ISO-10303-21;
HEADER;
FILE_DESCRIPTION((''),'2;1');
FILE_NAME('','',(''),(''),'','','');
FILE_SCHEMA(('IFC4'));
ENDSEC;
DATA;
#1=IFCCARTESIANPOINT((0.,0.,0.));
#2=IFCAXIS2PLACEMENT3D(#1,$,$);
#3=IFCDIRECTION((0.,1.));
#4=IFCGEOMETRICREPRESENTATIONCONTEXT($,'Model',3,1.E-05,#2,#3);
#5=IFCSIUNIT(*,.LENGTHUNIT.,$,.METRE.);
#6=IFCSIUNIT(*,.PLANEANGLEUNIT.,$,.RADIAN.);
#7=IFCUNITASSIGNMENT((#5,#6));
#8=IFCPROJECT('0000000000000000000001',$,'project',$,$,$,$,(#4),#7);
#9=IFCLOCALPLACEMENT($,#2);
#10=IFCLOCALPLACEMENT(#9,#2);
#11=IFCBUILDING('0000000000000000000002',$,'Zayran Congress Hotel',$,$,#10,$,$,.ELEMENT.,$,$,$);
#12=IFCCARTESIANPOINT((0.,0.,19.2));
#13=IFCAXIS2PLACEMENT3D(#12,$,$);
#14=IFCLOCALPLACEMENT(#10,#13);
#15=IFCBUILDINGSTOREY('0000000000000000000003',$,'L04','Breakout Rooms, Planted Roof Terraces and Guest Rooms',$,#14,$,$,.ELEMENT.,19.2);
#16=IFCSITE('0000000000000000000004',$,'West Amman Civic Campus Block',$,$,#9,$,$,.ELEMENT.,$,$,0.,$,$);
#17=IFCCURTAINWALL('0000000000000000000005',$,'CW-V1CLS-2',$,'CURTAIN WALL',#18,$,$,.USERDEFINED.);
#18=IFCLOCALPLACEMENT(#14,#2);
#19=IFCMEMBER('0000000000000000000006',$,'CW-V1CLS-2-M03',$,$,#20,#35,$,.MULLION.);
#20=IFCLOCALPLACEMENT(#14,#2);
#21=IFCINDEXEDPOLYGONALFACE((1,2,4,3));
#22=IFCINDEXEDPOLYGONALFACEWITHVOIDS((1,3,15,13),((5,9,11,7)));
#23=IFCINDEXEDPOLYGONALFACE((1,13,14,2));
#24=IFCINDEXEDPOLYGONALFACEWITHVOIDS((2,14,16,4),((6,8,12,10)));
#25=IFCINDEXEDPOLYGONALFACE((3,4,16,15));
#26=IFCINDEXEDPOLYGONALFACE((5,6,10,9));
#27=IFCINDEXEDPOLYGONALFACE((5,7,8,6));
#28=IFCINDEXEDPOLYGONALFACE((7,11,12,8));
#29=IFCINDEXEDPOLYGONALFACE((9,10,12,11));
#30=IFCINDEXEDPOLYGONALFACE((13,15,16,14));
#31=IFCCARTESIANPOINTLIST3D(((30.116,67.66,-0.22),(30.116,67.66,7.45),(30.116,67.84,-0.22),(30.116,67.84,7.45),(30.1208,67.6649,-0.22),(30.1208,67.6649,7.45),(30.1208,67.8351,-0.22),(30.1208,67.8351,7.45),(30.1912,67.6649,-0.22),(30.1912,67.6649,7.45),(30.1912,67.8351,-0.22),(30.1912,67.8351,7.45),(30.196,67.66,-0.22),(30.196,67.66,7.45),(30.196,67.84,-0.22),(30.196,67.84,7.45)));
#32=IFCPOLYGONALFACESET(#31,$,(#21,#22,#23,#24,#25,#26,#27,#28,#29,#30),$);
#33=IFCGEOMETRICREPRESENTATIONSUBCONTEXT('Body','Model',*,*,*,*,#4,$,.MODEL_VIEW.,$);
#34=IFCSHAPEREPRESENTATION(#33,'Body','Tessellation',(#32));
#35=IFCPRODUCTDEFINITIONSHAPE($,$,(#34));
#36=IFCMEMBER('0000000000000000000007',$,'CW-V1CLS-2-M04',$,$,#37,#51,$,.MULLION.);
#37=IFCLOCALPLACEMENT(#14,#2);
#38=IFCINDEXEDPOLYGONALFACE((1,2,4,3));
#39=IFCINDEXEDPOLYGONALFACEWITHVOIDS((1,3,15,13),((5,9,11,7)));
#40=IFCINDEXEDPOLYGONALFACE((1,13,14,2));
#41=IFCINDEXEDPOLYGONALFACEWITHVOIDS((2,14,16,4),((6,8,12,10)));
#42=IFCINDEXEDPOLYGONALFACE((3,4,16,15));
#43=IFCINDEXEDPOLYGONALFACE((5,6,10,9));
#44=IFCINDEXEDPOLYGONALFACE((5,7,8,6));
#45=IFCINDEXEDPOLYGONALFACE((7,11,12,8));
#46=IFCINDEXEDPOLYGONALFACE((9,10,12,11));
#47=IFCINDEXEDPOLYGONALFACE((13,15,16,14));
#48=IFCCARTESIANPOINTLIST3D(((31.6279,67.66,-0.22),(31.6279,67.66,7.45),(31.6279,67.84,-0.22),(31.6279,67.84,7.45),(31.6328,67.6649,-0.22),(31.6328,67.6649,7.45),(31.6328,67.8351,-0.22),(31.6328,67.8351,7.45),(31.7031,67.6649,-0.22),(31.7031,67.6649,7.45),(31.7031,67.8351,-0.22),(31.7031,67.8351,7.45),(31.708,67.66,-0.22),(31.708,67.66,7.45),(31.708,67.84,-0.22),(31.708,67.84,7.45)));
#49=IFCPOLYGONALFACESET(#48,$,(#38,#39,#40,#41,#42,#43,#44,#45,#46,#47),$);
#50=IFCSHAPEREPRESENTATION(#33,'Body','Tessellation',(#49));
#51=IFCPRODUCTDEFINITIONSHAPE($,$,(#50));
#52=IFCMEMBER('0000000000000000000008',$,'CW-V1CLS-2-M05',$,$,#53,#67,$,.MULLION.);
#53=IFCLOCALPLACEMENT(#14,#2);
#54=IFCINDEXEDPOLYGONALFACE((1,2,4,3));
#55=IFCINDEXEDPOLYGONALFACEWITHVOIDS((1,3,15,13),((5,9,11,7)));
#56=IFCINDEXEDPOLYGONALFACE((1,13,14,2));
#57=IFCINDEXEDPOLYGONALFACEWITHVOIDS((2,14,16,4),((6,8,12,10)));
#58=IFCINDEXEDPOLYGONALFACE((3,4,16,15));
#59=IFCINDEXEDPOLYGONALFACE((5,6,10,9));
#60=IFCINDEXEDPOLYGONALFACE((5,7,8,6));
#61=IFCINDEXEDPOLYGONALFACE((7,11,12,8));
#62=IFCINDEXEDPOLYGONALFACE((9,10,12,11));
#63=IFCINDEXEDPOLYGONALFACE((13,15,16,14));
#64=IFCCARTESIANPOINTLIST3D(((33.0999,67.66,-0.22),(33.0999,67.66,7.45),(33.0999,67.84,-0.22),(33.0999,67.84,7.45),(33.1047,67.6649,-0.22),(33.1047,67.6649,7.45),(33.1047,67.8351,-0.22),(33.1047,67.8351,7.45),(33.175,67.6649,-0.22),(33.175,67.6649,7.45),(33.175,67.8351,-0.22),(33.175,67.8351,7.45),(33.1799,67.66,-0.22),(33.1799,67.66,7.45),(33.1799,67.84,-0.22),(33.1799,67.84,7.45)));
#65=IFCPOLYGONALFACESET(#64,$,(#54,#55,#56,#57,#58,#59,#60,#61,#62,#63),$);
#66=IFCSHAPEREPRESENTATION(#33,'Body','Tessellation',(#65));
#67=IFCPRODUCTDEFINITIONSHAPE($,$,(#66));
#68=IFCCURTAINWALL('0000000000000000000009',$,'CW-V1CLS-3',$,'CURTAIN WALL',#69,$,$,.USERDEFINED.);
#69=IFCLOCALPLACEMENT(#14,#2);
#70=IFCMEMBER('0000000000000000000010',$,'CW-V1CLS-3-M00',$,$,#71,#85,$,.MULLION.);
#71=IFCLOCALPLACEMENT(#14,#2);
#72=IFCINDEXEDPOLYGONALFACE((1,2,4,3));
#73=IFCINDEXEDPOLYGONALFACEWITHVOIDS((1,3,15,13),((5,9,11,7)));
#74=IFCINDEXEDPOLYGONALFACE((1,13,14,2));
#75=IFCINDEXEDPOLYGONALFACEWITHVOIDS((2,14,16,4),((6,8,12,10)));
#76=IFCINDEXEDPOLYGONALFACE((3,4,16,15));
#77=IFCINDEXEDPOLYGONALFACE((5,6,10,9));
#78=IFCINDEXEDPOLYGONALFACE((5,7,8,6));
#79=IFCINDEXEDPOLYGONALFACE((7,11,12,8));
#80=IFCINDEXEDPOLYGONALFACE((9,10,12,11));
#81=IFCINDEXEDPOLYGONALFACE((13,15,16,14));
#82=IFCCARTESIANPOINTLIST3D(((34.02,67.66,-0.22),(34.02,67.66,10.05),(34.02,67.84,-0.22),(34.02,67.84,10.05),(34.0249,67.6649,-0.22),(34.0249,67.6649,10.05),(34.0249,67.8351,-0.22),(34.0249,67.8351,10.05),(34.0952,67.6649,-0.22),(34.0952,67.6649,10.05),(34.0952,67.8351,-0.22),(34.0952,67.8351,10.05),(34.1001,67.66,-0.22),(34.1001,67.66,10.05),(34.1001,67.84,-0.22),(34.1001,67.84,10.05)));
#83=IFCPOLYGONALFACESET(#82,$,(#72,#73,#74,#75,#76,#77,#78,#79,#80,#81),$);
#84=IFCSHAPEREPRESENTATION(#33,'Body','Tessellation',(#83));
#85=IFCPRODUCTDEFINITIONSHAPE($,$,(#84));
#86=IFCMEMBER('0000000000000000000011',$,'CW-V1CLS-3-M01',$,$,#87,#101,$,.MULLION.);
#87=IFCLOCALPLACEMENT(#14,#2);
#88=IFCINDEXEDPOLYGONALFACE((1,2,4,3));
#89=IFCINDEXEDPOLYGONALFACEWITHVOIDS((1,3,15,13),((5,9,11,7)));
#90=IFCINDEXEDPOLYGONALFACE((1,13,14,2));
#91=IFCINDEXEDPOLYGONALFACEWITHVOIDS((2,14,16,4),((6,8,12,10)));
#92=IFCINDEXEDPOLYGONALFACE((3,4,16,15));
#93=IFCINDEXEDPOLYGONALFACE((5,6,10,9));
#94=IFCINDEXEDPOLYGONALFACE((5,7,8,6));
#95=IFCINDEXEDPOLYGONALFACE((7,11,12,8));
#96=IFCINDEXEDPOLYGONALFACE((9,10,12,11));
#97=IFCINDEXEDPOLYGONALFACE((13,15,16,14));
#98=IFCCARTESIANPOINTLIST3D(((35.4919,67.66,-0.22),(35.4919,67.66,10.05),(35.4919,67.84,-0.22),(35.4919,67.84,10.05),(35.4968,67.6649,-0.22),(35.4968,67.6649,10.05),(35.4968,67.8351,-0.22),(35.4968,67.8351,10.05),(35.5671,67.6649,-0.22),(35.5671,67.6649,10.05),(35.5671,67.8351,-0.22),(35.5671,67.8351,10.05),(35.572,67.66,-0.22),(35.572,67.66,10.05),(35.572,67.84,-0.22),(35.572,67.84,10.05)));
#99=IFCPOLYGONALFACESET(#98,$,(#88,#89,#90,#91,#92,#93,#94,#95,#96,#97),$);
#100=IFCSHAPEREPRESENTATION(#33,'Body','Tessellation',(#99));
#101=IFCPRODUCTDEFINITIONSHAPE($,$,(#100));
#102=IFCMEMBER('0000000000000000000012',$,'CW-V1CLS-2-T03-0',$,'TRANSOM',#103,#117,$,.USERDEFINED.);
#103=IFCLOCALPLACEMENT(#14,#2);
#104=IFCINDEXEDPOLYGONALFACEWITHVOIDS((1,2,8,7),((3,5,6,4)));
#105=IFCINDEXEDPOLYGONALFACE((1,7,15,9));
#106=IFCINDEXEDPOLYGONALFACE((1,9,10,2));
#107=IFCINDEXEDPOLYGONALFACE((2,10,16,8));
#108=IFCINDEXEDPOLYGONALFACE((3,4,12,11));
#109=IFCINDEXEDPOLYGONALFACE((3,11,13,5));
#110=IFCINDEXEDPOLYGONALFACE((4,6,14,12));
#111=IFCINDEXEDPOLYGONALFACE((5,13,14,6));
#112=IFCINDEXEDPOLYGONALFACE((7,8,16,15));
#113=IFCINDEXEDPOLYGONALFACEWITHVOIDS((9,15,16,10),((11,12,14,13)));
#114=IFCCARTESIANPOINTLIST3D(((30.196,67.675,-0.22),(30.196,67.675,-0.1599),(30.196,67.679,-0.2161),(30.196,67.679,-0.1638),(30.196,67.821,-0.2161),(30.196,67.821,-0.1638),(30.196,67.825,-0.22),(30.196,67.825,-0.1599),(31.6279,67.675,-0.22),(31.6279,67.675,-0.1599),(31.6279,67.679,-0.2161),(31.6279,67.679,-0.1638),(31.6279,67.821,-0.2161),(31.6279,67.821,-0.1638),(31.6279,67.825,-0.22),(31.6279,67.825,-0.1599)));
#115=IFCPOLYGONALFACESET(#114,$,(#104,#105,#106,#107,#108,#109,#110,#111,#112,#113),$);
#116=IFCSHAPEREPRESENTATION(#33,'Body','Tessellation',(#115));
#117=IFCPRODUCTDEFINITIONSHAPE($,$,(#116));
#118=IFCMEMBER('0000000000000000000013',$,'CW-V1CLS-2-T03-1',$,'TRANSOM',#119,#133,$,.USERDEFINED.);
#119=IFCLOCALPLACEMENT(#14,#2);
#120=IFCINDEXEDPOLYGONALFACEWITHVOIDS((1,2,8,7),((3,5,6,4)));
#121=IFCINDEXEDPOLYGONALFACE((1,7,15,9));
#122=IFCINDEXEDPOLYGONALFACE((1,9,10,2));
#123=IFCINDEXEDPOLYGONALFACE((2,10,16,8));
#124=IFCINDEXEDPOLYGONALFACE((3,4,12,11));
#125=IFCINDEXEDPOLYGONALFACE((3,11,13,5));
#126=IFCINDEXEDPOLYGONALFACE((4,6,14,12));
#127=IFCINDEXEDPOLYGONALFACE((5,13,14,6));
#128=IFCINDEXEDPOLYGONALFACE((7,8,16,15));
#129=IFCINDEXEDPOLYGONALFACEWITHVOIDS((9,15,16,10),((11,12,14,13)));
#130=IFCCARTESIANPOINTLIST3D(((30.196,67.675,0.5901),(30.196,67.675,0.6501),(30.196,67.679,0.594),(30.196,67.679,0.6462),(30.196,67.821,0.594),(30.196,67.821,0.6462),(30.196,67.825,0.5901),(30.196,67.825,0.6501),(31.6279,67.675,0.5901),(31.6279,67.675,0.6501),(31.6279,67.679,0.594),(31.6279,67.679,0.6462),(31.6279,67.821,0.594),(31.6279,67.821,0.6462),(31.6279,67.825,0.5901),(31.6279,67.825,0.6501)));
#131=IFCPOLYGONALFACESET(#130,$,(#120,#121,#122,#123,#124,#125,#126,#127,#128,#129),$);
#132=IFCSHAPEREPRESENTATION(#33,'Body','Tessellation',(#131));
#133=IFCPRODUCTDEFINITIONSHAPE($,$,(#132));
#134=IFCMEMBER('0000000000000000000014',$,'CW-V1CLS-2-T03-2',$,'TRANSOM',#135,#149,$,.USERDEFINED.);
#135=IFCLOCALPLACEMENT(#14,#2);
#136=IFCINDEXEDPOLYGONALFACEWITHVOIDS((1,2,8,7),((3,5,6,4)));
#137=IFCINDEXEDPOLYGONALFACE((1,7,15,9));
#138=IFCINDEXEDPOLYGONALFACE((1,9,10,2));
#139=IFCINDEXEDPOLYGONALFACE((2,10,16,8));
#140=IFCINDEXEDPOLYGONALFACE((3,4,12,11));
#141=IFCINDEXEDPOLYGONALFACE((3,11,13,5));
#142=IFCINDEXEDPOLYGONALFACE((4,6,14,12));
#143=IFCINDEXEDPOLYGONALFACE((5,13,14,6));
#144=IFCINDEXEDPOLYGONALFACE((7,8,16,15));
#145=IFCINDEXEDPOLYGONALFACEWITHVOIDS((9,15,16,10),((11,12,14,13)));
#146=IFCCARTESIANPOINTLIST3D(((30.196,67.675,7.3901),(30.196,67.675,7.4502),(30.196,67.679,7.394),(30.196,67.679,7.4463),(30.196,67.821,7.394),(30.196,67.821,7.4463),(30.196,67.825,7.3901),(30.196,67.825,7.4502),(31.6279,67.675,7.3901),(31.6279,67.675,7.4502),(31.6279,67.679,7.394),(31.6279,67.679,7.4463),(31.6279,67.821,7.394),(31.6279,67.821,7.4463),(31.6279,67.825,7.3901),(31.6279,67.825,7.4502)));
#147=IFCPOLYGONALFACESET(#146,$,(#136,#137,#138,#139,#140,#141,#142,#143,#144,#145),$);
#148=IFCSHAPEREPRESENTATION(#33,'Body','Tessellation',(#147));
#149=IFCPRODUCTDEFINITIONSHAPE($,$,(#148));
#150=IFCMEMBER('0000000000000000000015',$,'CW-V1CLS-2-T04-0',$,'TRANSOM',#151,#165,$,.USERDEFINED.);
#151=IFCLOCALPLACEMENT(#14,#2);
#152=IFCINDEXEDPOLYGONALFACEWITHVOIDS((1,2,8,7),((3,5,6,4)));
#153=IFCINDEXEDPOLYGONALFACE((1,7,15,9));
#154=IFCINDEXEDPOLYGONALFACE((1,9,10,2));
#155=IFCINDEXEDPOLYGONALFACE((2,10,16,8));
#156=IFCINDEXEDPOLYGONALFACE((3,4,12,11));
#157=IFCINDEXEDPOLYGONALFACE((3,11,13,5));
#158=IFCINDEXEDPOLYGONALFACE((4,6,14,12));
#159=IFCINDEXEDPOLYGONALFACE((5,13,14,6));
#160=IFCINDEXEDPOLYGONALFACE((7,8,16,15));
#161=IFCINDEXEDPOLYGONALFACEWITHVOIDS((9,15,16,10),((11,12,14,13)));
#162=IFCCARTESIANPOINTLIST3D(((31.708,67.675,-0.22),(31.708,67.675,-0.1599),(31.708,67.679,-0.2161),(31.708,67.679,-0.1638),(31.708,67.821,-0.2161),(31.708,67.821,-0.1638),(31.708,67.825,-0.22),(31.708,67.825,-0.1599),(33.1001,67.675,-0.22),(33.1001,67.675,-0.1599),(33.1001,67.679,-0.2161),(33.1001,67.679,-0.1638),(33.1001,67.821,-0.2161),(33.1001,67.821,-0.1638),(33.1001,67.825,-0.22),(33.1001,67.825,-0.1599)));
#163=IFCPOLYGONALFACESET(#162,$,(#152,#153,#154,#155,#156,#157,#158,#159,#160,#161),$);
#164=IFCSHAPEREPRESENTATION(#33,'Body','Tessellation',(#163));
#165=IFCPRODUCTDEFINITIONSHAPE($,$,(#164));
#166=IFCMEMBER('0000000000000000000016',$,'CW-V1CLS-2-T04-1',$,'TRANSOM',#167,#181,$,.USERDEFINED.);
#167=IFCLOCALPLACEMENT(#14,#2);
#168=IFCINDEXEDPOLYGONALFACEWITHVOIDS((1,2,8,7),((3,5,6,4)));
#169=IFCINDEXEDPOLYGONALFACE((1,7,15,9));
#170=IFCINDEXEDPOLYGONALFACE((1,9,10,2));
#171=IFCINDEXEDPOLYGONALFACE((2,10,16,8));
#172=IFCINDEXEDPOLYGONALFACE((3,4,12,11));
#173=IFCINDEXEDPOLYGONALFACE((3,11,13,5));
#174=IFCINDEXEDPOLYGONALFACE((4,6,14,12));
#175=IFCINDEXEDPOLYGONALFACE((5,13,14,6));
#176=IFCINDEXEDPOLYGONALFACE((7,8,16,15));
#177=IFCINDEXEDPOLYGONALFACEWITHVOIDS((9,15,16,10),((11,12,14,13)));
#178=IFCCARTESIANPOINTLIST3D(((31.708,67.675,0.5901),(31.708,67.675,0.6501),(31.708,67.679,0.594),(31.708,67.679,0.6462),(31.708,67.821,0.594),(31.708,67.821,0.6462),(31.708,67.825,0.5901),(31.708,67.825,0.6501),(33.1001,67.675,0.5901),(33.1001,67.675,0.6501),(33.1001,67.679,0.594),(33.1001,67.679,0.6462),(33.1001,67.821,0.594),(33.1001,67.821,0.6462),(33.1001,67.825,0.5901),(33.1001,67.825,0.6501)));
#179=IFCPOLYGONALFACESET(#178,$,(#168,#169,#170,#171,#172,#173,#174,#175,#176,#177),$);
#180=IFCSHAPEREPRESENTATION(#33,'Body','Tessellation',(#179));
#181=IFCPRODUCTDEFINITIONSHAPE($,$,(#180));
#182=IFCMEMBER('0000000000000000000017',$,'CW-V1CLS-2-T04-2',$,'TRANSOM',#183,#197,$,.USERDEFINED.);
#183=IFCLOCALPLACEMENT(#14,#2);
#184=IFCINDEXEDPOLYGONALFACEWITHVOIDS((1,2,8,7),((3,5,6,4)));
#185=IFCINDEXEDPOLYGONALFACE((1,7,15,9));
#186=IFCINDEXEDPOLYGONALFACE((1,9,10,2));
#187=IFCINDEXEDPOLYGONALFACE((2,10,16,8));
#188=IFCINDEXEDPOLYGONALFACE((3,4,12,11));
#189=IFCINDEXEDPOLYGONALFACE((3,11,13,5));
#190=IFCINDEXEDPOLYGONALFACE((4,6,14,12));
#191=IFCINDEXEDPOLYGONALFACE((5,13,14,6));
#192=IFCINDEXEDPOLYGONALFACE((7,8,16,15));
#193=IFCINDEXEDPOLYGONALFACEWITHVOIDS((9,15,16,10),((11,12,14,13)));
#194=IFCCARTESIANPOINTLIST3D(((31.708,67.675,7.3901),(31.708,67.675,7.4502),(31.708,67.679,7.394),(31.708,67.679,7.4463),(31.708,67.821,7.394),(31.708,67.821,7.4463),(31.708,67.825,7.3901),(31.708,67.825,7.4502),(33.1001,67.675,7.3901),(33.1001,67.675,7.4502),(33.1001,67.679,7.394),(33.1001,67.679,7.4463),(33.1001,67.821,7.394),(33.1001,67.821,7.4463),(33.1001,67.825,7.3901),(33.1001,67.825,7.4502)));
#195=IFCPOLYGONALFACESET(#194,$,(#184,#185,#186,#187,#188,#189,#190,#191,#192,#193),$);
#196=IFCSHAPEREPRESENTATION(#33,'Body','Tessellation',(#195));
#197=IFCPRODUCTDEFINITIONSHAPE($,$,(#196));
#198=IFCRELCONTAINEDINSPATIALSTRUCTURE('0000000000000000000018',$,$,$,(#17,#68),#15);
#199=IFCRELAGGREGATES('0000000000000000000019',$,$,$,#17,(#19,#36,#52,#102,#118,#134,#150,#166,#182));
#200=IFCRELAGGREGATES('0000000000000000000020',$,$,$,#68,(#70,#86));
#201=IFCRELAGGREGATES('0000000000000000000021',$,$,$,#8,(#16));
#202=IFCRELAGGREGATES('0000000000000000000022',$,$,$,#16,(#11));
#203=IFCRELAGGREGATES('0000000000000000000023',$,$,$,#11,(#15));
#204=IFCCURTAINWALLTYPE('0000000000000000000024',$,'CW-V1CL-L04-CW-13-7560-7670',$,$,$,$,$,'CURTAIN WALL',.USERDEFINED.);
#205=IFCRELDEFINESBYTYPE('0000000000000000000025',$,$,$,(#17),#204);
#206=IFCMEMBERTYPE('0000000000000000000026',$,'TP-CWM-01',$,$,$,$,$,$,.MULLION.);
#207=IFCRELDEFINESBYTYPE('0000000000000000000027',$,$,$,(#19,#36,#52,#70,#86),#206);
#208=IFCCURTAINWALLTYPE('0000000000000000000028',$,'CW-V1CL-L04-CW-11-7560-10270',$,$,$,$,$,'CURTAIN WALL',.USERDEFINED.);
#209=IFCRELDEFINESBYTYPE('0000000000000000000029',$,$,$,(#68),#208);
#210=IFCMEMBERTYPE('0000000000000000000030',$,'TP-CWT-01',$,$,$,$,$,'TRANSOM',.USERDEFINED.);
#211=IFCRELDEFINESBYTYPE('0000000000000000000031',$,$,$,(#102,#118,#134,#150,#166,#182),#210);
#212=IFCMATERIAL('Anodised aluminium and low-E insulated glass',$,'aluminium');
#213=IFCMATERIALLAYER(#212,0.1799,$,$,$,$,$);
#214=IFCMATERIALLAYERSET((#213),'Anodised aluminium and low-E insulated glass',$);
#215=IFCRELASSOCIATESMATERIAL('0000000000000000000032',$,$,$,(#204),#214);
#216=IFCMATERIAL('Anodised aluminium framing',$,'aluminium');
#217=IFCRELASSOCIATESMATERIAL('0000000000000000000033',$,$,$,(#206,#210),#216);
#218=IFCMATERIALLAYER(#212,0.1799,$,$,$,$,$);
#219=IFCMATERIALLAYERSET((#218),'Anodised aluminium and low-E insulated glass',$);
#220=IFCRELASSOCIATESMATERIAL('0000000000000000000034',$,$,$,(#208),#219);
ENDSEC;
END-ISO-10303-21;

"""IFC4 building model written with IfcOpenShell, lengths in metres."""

from ifc_helpers import new_model, si_unit, direction, frame, origin, origin_2d, place, context, subcontext, project, spatial, hollow_rectangle, extrude, material, layer, layer_set, material_profile, profile_set, type_object, element, aggregate, save


model = new_model("IFC4")

# Units and contexts
model_context = context("Model", 3, precision=1e-05, world=origin(), true_north=direction((0.0, 1.0)))
body_context = subcontext(model_context, "Body", "Model", "MODEL_VIEW")
ifc_project = project(units=[si_unit("LENGTHUNIT", "METRE"), si_unit("PLANEANGLEUNIT", "RADIAN")], contexts=[model_context])

# Site, building, storey
site_placement = place(None, origin())
site = spatial("IfcSite", under=ifc_project, at=site_placement, Name="West Amman Civic Campus Block", CompositionType="ELEMENT", RefElevation=0.0)
building_placement = place(site_placement, origin())
building = spatial("IfcBuilding", under=site, at=building_placement, Name="Zayran Congress Hotel", CompositionType="ELEMENT")
storey_placement = place(building_placement, frame((0.0, 0.0, 19.2)))
storey = spatial("IfcBuildingStorey", under=building, at=storey_placement, Name="L04", Description="Breakout Rooms, Planted Roof Terraces and Guest Rooms", CompositionType="ELEMENT", Elevation=19.2)

# Curtain walls, members
ifc_material_1 = material(Name="Anodised aluminium and low-E insulated glass", Category="aluminium")
ifc_layer_1 = layer(ifc_material_1, 0.1799)
ifc_layer_set_1 = layer_set([ifc_layer_1], Name="Anodised aluminium and low-E insulated glass")
curtain_wall_type_1 = type_object("IfcCurtainWallType", Name="CW-V1CL-L04-CW-13-7560-7670", ElementType="CURTAIN WALL", PredefinedType="USERDEFINED", material=ifc_layer_set_1)
curtain_wall_1_placement = place(storey_placement, origin())
curtain_wall_1 = element("IfcCurtainWall", 1, at=curtain_wall_1_placement, inside=storey, type_object=curtain_wall_type_1, Name="CW-V1CLS-2", ObjectType="CURTAIN WALL", PredefinedType="USERDEFINED")
ifc_material_2 = material(Name="Anodised aluminium framing", Category="aluminium")
ifc_material_profile_1 = material_profile(ifc_material_2, hollow_rectangle(XDim=0.0801, YDim=0.1799, WallThickness=0.0049, at=origin_2d()), Name="RHS 180x80x5")
ifc_profile_set_1 = profile_set([ifc_material_profile_1], Name="Anodised aluminium framing")
member_type_1 = type_object("IfcMemberType", Name="TP-CWM-01", PredefinedType="MULLION", material=ifc_profile_set_1)
member_1_placement = place(storey_placement, frame((30.156, 67.75, -0.22), z_axis=(0.0, 0.0, 1.0), x_axis=(1.0, 0.0, 0.0)))
member_1 = element("IfcMember", 2, at=member_1_placement, type_object=member_type_1, Name="CW-V1CLS-2-M03", PredefinedType="MULLION", context=body_context, shape_type="SweptSolid", body=[
    extrude(hollow_rectangle(XDim=0.0801, YDim=0.1799, WallThickness=0.0049, at=origin_2d()), origin(), (0.0, 0.0, 1.0), 7.6699),
])
member_2_placement = place(storey_placement, frame((31.668, 67.75, -0.22), z_axis=(0.0, 0.0, 1.0), x_axis=(1.0, 0.0, 0.0)))
member_2 = element("IfcMember", 3, at=member_2_placement, type_object=member_type_1, Name="CW-V1CLS-2-M04", PredefinedType="MULLION", context=body_context, shape_type="SweptSolid", body=[
    extrude(hollow_rectangle(XDim=0.0801, YDim=0.1799, WallThickness=0.0049, at=origin_2d()), origin(), (0.0, 0.0, 1.0), 7.6699),
])
member_3_placement = place(storey_placement, frame((33.1399, 67.75, -0.22), z_axis=(0.0, 0.0, 1.0), x_axis=(1.0, 0.0, 0.0)))
member_3 = element("IfcMember", 4, at=member_3_placement, type_object=member_type_1, Name="CW-V1CLS-2-M05", PredefinedType="MULLION", context=body_context, shape_type="SweptSolid", body=[
    extrude(hollow_rectangle(XDim=0.0801, YDim=0.1799, WallThickness=0.0049, at=origin_2d()), origin(), (0.0, 0.0, 1.0), 7.6699),
])
ifc_layer_2 = layer(ifc_material_1, 0.1799)
ifc_layer_set_2 = layer_set([ifc_layer_2], Name="Anodised aluminium and low-E insulated glass")
curtain_wall_type_2 = type_object("IfcCurtainWallType", Name="CW-V1CL-L04-CW-11-7560-10270", ElementType="CURTAIN WALL", PredefinedType="USERDEFINED", material=ifc_layer_set_2)
curtain_wall_2_placement = place(storey_placement, origin())
curtain_wall_2 = element("IfcCurtainWall", 5, at=curtain_wall_2_placement, inside=storey, type_object=curtain_wall_type_2, Name="CW-V1CLS-3", ObjectType="CURTAIN WALL", PredefinedType="USERDEFINED")
member_4_placement = place(storey_placement, frame((34.0601, 67.75, -0.22), z_axis=(0.0, 0.0, 1.0), x_axis=(1.0, 0.0, 0.0)))
member_4 = element("IfcMember", 6, at=member_4_placement, type_object=member_type_1, Name="CW-V1CLS-3-M00", PredefinedType="MULLION", context=body_context, shape_type="SweptSolid", body=[
    extrude(hollow_rectangle(XDim=0.0801, YDim=0.1799, WallThickness=0.0049, at=origin_2d()), origin(), (0.0, 0.0, 1.0), 10.27),
])
member_5_placement = place(storey_placement, frame((35.532, 67.75, -0.22), z_axis=(0.0, 0.0, 1.0), x_axis=(1.0, 0.0, 0.0)))
member_5 = element("IfcMember", 7, at=member_5_placement, type_object=member_type_1, Name="CW-V1CLS-3-M01", PredefinedType="MULLION", context=body_context, shape_type="SweptSolid", body=[
    extrude(hollow_rectangle(XDim=0.0801, YDim=0.1799, WallThickness=0.0049, at=origin_2d()), origin(), (0.0, 0.0, 1.0), 10.27),
])

# Members
ifc_material_profile_2 = material_profile(ifc_material_2, hollow_rectangle(XDim=0.0601, YDim=0.1499, WallThickness=0.0039, at=origin_2d()), Name="RHS 150x60x4")
ifc_profile_set_2 = profile_set([ifc_material_profile_2], Name="Anodised aluminium framing")
member_type_2 = type_object("IfcMemberType", Name="TP-CWT-01", ElementType="TRANSOM", PredefinedType="USERDEFINED", material=ifc_profile_set_2)
member_6_placement = place(storey_placement, frame((30.196, 67.75, -0.1899), z_axis=(1.0, 0.0, 0.0), x_axis=(0.0, 0.0, 1.0)))
member_6 = element("IfcMember", 8, at=member_6_placement, type_object=member_type_2, Name="CW-V1CLS-2-T03-0", ObjectType="TRANSOM", PredefinedType="USERDEFINED", context=body_context, shape_type="SweptSolid", body=[
    extrude(hollow_rectangle(XDim=0.0601, YDim=0.1499, WallThickness=0.0039, at=origin_2d()), origin(), (0.0, 0.0, 1.0), 1.4319),
])
member_7_placement = place(storey_placement, frame((30.196, 67.75, 0.6201), z_axis=(1.0, 0.0, 0.0), x_axis=(0.0, 0.0, 1.0)))
member_7 = element("IfcMember", 9, at=member_7_placement, type_object=member_type_2, Name="CW-V1CLS-2-T03-1", ObjectType="TRANSOM", PredefinedType="USERDEFINED", context=body_context, shape_type="SweptSolid", body=[
    extrude(hollow_rectangle(XDim=0.0601, YDim=0.1499, WallThickness=0.0039, at=origin_2d()), origin(), (0.0, 0.0, 1.0), 1.4319),
])
member_8_placement = place(storey_placement, frame((30.196, 67.75, 7.4202), z_axis=(1.0, 0.0, 0.0), x_axis=(0.0, 0.0, 1.0)))
member_8 = element("IfcMember", 10, at=member_8_placement, type_object=member_type_2, Name="CW-V1CLS-2-T03-2", ObjectType="TRANSOM", PredefinedType="USERDEFINED", context=body_context, shape_type="SweptSolid", body=[
    extrude(hollow_rectangle(XDim=0.0601, YDim=0.1499, WallThickness=0.0039, at=origin_2d()), origin(), (0.0, 0.0, 1.0), 1.4319),
])
member_9_placement = place(storey_placement, frame((31.708, 67.75, -0.1899), z_axis=(1.0, 0.0, 0.0), x_axis=(0.0, 0.0, 1.0)))
member_9 = element("IfcMember", 11, at=member_9_placement, type_object=member_type_2, Name="CW-V1CLS-2-T04-0", ObjectType="TRANSOM", PredefinedType="USERDEFINED", context=body_context, shape_type="SweptSolid", body=[
    extrude(hollow_rectangle(XDim=0.0601, YDim=0.1499, WallThickness=0.0039, at=origin_2d()), origin(), (0.0, 0.0, 1.0), 1.3921),
])
member_10_placement = place(storey_placement, frame((31.708, 67.75, 0.6201), z_axis=(1.0, 0.0, 0.0), x_axis=(0.0, 0.0, 1.0)))
member_10 = element("IfcMember", 12, at=member_10_placement, type_object=member_type_2, Name="CW-V1CLS-2-T04-1", ObjectType="TRANSOM", PredefinedType="USERDEFINED", context=body_context, shape_type="SweptSolid", body=[
    extrude(hollow_rectangle(XDim=0.0601, YDim=0.1499, WallThickness=0.0039, at=origin_2d()), origin(), (0.0, 0.0, 1.0), 1.3921),
])
member_11_placement = place(storey_placement, frame((31.708, 67.75, 7.4202), z_axis=(1.0, 0.0, 0.0), x_axis=(0.0, 0.0, 1.0)))
member_11 = element("IfcMember", 13, at=member_11_placement, type_object=member_type_2, Name="CW-V1CLS-2-T04-2", ObjectType="TRANSOM", PredefinedType="USERDEFINED", context=body_context, shape_type="SweptSolid", body=[
    extrude(hollow_rectangle(XDim=0.0601, YDim=0.1499, WallThickness=0.0039, at=origin_2d()), origin(), (0.0, 0.0, 1.0), 1.3921),
])

aggregate(curtain_wall_1, [member_1, member_2, member_3, member_6, member_7, member_8, member_9, member_10, member_11])
aggregate(curtain_wall_2, [member_4, member_5])

save(model, "model.ifc")
